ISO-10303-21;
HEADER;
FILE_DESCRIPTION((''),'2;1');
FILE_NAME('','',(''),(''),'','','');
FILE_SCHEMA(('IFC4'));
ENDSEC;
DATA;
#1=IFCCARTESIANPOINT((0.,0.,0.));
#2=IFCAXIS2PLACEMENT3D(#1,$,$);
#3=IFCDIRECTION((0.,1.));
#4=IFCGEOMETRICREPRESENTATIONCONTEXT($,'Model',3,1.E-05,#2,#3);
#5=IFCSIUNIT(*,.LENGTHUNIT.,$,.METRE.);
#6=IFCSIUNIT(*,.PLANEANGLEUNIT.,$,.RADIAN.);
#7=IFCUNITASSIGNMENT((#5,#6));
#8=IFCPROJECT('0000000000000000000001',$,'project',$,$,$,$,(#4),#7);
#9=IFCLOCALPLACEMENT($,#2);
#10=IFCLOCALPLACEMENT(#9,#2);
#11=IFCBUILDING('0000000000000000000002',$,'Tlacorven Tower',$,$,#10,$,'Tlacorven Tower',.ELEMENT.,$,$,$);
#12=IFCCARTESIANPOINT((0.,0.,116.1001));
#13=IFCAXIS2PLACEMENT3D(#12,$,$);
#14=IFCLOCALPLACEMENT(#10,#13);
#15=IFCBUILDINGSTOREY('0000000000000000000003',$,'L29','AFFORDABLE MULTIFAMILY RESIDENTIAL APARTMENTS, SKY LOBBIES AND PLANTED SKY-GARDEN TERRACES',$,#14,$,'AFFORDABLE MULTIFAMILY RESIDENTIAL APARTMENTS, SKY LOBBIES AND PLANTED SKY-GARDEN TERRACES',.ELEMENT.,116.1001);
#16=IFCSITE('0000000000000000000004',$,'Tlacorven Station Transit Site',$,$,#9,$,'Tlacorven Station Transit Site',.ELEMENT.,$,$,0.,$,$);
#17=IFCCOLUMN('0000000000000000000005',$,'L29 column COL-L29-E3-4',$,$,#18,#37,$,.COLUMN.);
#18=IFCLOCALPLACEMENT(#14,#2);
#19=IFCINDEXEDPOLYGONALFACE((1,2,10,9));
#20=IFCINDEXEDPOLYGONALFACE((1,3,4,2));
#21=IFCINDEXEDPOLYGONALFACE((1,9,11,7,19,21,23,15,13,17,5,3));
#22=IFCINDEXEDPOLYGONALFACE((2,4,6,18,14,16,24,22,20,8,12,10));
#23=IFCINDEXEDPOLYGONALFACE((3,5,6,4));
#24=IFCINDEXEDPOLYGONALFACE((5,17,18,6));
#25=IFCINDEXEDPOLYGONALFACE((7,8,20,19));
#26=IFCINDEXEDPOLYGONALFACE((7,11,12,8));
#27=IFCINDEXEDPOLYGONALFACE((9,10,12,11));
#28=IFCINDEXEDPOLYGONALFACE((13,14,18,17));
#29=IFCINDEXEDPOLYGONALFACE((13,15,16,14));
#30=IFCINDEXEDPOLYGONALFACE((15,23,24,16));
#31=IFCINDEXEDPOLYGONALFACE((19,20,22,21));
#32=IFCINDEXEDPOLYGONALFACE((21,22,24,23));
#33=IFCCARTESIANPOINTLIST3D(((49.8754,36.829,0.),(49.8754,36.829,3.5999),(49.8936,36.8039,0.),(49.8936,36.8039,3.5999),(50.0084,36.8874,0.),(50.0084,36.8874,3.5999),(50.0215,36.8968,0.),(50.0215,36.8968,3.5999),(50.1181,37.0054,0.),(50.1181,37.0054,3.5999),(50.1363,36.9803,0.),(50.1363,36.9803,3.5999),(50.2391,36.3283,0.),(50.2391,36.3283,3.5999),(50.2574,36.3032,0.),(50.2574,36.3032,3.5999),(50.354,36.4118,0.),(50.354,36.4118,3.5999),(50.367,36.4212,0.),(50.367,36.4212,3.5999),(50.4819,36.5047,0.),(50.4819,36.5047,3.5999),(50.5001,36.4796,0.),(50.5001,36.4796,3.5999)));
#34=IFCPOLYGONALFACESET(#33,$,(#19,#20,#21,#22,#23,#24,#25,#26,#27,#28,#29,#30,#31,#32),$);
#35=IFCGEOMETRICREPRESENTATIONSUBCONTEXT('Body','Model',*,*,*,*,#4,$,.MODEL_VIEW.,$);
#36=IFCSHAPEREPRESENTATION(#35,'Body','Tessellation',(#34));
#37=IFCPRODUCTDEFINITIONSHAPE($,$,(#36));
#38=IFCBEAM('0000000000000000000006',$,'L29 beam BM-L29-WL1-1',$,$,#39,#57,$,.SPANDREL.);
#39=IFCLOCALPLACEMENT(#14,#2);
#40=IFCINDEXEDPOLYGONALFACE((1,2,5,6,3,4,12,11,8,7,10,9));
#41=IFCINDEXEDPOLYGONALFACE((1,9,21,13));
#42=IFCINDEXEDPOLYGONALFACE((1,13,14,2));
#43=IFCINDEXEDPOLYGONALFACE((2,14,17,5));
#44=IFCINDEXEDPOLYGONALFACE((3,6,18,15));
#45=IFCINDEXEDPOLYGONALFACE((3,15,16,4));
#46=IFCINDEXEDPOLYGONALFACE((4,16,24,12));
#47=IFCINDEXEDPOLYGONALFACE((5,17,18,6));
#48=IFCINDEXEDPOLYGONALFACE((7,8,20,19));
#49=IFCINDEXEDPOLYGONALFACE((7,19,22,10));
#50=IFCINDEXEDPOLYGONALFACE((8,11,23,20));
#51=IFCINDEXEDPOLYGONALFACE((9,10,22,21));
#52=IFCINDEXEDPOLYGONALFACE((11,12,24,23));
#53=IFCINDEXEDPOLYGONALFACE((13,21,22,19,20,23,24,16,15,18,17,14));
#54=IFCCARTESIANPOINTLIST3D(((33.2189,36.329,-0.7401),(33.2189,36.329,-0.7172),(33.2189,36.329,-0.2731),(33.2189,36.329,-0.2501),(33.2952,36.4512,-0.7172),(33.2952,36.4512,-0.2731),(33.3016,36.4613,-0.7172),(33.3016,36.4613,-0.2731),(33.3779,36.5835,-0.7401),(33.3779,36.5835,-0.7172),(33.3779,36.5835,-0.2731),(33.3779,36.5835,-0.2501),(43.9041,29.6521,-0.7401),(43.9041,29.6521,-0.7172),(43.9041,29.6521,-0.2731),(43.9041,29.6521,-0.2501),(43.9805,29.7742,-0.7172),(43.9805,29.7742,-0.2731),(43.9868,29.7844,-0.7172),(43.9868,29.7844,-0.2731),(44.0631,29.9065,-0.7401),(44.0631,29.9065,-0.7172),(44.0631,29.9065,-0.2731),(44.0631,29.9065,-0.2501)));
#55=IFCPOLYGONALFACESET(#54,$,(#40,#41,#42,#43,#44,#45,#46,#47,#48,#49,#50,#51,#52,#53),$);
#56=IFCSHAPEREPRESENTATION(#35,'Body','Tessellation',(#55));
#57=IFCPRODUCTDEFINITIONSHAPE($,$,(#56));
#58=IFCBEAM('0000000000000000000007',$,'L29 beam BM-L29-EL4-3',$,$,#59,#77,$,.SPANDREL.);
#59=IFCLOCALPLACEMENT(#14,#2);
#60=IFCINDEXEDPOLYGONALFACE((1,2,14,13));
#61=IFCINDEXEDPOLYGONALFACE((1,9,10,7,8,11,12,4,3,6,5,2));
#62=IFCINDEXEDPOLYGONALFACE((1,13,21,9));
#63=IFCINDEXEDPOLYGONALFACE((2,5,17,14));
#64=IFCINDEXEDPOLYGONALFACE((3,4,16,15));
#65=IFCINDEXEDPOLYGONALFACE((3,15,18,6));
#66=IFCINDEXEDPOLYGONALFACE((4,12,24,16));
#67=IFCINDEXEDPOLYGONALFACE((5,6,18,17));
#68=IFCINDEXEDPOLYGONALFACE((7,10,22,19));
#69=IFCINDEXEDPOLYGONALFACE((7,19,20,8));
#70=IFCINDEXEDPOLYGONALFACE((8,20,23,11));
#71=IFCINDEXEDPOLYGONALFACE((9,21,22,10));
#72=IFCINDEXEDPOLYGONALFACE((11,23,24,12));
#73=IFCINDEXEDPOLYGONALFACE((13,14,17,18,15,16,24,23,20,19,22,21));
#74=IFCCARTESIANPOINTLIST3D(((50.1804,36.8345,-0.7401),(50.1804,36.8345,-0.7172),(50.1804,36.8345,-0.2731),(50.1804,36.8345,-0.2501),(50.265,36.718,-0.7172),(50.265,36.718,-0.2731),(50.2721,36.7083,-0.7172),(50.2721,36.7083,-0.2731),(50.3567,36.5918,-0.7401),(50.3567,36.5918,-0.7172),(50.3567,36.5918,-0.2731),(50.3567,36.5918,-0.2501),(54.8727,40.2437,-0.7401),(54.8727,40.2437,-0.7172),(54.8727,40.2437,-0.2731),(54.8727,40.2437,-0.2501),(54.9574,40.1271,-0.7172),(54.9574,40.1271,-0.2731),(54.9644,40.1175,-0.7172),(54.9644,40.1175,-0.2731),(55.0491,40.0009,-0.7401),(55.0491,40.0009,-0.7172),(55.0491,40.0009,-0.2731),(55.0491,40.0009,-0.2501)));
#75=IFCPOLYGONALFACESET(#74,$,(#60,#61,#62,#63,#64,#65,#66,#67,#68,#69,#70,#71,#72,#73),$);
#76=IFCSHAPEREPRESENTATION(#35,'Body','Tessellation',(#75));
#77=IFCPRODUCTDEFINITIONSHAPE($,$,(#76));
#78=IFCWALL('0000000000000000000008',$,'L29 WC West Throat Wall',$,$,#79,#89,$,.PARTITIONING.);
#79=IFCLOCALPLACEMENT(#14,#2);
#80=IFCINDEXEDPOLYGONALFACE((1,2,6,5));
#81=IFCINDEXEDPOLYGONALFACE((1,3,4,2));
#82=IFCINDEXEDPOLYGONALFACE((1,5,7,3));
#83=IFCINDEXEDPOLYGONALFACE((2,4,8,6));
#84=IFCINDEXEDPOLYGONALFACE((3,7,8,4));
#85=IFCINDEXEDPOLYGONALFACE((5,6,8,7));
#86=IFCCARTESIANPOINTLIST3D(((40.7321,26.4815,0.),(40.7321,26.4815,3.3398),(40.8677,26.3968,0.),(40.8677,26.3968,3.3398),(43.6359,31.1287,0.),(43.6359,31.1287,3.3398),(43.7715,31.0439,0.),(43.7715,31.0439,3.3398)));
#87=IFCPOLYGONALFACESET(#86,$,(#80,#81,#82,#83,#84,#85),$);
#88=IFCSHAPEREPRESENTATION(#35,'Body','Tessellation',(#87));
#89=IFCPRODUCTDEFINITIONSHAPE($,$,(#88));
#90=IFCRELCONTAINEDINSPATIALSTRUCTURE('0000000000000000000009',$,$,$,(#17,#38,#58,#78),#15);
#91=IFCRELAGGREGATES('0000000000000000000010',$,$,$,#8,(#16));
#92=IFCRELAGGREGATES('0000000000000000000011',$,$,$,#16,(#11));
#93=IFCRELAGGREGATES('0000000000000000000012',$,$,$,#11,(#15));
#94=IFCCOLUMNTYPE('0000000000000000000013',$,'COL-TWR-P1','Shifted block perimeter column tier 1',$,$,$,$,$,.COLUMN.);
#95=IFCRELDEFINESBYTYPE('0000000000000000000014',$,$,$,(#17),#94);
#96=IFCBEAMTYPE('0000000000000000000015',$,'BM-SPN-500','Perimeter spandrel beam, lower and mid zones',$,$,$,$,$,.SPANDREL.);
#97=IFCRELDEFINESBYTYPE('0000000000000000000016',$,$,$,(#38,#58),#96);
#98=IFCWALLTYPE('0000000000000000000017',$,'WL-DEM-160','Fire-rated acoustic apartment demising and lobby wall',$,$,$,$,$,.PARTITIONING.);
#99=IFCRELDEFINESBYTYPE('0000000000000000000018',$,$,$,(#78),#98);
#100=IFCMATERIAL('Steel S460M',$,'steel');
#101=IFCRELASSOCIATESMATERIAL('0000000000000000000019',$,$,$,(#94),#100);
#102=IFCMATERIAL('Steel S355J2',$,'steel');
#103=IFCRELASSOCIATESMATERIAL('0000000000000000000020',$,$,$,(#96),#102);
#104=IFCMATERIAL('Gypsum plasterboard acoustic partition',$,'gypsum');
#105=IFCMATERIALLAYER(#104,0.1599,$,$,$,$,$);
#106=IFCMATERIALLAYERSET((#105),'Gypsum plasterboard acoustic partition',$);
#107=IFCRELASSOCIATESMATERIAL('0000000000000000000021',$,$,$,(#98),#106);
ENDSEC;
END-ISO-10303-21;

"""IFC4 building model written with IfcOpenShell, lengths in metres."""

from ifc_helpers import new_model, si_unit, direction, frame, frame_2d, origin, origin_2d, place, context, subcontext, project, spatial, rectangle, i_section, extrude, source, transform, mapped, material, layer, layer_set, material_profile, profile_set, type_object, element, save


model = new_model("IFC4")

# Units and contexts
model_context = context("Model", 3, precision=1e-05, world=origin(), true_north=direction((0.0, 1.0)))
body_context = subcontext(model_context, "Body", "Model", "MODEL_VIEW")
ifc_project = project(units=[si_unit("LENGTHUNIT", "METRE"), si_unit("PLANEANGLEUNIT", "RADIAN")], contexts=[model_context])

# Site, building, storey
site_placement = place(None, origin())
site = spatial("IfcSite", under=ifc_project, at=site_placement, Name="Tlacorven Station Transit Site", LongName="Tlacorven Station Transit Site", CompositionType="ELEMENT", RefElevation=0.0)
building_placement = place(site_placement, origin())
building = spatial("IfcBuilding", under=site, at=building_placement, Name="Tlacorven Tower", LongName="Tlacorven Tower", CompositionType="ELEMENT")
storey_placement = place(building_placement, frame((0.0, 0.0, 116.1001)))
storey = spatial("IfcBuildingStorey", under=building, at=storey_placement, Name="L29", Description="AFFORDABLE MULTIFAMILY RESIDENTIAL APARTMENTS, SKY LOBBIES AND PLANTED SKY-GARDEN TERRACES", LongName="AFFORDABLE MULTIFAMILY RESIDENTIAL APARTMENTS, SKY LOBBIES AND PLANTED SKY-GARDEN TERRACES", CompositionType="ELEMENT", Elevation=116.1001)

# Column
ifc_material_1 = material(Name="Steel S460M", Category="steel")
ifc_material_profile_1 = material_profile(ifc_material_1, i_section(OverallWidth=0.3, OverallDepth=0.6499, WebThickness=0.0161, FlangeThickness=0.031, at=origin_2d()), Name="HEB 650")
ifc_profile_set_1 = profile_set([ifc_material_profile_1], Name="Steel S460M")
column_type = type_object("IfcColumnType", Name="COL-TWR-P1", Description="Shifted block perimeter column tier 1", PredefinedType="COLUMN", material=ifc_profile_set_1)
shared_shape_1 = source(origin(), body_context, "Body", "SweptSolid", [
    extrude(i_section(OverallWidth=0.3, OverallDepth=0.6499, WebThickness=0.0161, FlangeThickness=0.031, at=origin_2d()), origin(), (0.0, 0.0, 1.0), 3.5999),
])
column_placement = place(storey_placement, frame((50.1877, 36.6543, 0.0), z_axis=(0.0, 0.0, 1.0), x_axis=(0.809017, 0.587785, 0.0)))
element("IfcColumn", 1, at=column_placement, inside=storey, type_object=column_type, Name="L29 column COL-L29-E3-4", PredefinedType="COLUMN", context=body_context, shape_type="MappedRepresentation", body=[
    mapped(shared_shape_1, transform((0.0, 0.0, 0.0), scale=1.0)),
])

# Beams
ifc_material_2 = material(Name="Steel S355J2", Category="steel")
ifc_material_profile_2 = material_profile(ifc_material_2, i_section(OverallWidth=0.3, OverallDepth=0.49, WebThickness=0.012, FlangeThickness=0.0229, at=origin_2d()), Name="HEA 500")
ifc_profile_set_2 = profile_set([ifc_material_profile_2], Name="Steel S355J2")
beam_type = type_object("IfcBeamType", Name="BM-SPN-500", Description="Perimeter spandrel beam, lower and mid zones", PredefinedType="SPANDREL", material=ifc_profile_set_2)
shared_shape_2 = source(origin(), body_context, "Body", "SweptSolid", [
    extrude(i_section(OverallWidth=0.3, OverallDepth=0.49, WebThickness=0.012, FlangeThickness=0.0229, at=origin_2d()), origin(), (0.0, 0.0, 1.0), 12.5999),
])
beam_1_placement = place(storey_placement, frame((43.9836, 29.7793, -0.4951), z_axis=(-0.848045, 0.529924, 0.0), x_axis=(-0.529924, -0.848045, 0.0)))
element("IfcBeam", 2, at=beam_1_placement, inside=storey, type_object=beam_type, Name="L29 beam BM-L29-WL1-1", PredefinedType="SPANDREL", context=body_context, shape_type="MappedRepresentation", body=[
    mapped(shared_shape_2, transform((0.0, 0.0, 0.0), scale=1.0)),
])
shared_shape_3 = source(origin(), body_context, "Body", "SweptSolid", [
    extrude(i_section(OverallWidth=0.3, OverallDepth=0.49, WebThickness=0.012, FlangeThickness=0.0229, at=origin_2d()), origin(), (0.0, 0.0, 1.0), 5.8),
])
beam_2_placement = place(storey_placement, frame((50.2686, 36.7131, -0.4951), z_axis=(0.80902, 0.587781, 0.0), x_axis=(-0.587781, 0.80902, 0.0)))
element("IfcBeam", 3, at=beam_2_placement, inside=storey, type_object=beam_type, Name="L29 beam BM-L29-EL4-3", PredefinedType="SPANDREL", context=body_context, shape_type="MappedRepresentation", body=[
    mapped(shared_shape_3, transform((0.0, 0.0, 0.0), scale=1.0)),
])

# Wall
ifc_material_3 = material(Name="Gypsum plasterboard acoustic partition", Category="gypsum")
ifc_layer_1 = layer(ifc_material_3, 0.1599)
ifc_layer_set_1 = layer_set([ifc_layer_1], Name="Gypsum plasterboard acoustic partition")
wall_type_1 = type_object("IfcWallType", Name="WL-DEM-160", Description="Fire-rated acoustic apartment demising and lobby wall", PredefinedType="PARTITIONING", material=ifc_layer_set_1)
wall_1_placement = place(storey_placement, frame((43.7036, 31.0862, 0.0), z_axis=(0.0, 0.0, 1.0), x_axis=(-0.529907, -0.848056, 0.0)))
element("IfcWall", 4, at=wall_1_placement, inside=storey, type_object=wall_type_1, Name="L29 WC West Throat Wall", PredefinedType="PARTITIONING", context=body_context, shape_type="SweptSolid", body=[
    extrude(rectangle(XDim=5.4797, YDim=0.1599, at=frame_2d((2.7397, 0.0))), origin(), (0.0, 0.0, 1.0), 3.3398),
])

save(model, "model.ifc")
